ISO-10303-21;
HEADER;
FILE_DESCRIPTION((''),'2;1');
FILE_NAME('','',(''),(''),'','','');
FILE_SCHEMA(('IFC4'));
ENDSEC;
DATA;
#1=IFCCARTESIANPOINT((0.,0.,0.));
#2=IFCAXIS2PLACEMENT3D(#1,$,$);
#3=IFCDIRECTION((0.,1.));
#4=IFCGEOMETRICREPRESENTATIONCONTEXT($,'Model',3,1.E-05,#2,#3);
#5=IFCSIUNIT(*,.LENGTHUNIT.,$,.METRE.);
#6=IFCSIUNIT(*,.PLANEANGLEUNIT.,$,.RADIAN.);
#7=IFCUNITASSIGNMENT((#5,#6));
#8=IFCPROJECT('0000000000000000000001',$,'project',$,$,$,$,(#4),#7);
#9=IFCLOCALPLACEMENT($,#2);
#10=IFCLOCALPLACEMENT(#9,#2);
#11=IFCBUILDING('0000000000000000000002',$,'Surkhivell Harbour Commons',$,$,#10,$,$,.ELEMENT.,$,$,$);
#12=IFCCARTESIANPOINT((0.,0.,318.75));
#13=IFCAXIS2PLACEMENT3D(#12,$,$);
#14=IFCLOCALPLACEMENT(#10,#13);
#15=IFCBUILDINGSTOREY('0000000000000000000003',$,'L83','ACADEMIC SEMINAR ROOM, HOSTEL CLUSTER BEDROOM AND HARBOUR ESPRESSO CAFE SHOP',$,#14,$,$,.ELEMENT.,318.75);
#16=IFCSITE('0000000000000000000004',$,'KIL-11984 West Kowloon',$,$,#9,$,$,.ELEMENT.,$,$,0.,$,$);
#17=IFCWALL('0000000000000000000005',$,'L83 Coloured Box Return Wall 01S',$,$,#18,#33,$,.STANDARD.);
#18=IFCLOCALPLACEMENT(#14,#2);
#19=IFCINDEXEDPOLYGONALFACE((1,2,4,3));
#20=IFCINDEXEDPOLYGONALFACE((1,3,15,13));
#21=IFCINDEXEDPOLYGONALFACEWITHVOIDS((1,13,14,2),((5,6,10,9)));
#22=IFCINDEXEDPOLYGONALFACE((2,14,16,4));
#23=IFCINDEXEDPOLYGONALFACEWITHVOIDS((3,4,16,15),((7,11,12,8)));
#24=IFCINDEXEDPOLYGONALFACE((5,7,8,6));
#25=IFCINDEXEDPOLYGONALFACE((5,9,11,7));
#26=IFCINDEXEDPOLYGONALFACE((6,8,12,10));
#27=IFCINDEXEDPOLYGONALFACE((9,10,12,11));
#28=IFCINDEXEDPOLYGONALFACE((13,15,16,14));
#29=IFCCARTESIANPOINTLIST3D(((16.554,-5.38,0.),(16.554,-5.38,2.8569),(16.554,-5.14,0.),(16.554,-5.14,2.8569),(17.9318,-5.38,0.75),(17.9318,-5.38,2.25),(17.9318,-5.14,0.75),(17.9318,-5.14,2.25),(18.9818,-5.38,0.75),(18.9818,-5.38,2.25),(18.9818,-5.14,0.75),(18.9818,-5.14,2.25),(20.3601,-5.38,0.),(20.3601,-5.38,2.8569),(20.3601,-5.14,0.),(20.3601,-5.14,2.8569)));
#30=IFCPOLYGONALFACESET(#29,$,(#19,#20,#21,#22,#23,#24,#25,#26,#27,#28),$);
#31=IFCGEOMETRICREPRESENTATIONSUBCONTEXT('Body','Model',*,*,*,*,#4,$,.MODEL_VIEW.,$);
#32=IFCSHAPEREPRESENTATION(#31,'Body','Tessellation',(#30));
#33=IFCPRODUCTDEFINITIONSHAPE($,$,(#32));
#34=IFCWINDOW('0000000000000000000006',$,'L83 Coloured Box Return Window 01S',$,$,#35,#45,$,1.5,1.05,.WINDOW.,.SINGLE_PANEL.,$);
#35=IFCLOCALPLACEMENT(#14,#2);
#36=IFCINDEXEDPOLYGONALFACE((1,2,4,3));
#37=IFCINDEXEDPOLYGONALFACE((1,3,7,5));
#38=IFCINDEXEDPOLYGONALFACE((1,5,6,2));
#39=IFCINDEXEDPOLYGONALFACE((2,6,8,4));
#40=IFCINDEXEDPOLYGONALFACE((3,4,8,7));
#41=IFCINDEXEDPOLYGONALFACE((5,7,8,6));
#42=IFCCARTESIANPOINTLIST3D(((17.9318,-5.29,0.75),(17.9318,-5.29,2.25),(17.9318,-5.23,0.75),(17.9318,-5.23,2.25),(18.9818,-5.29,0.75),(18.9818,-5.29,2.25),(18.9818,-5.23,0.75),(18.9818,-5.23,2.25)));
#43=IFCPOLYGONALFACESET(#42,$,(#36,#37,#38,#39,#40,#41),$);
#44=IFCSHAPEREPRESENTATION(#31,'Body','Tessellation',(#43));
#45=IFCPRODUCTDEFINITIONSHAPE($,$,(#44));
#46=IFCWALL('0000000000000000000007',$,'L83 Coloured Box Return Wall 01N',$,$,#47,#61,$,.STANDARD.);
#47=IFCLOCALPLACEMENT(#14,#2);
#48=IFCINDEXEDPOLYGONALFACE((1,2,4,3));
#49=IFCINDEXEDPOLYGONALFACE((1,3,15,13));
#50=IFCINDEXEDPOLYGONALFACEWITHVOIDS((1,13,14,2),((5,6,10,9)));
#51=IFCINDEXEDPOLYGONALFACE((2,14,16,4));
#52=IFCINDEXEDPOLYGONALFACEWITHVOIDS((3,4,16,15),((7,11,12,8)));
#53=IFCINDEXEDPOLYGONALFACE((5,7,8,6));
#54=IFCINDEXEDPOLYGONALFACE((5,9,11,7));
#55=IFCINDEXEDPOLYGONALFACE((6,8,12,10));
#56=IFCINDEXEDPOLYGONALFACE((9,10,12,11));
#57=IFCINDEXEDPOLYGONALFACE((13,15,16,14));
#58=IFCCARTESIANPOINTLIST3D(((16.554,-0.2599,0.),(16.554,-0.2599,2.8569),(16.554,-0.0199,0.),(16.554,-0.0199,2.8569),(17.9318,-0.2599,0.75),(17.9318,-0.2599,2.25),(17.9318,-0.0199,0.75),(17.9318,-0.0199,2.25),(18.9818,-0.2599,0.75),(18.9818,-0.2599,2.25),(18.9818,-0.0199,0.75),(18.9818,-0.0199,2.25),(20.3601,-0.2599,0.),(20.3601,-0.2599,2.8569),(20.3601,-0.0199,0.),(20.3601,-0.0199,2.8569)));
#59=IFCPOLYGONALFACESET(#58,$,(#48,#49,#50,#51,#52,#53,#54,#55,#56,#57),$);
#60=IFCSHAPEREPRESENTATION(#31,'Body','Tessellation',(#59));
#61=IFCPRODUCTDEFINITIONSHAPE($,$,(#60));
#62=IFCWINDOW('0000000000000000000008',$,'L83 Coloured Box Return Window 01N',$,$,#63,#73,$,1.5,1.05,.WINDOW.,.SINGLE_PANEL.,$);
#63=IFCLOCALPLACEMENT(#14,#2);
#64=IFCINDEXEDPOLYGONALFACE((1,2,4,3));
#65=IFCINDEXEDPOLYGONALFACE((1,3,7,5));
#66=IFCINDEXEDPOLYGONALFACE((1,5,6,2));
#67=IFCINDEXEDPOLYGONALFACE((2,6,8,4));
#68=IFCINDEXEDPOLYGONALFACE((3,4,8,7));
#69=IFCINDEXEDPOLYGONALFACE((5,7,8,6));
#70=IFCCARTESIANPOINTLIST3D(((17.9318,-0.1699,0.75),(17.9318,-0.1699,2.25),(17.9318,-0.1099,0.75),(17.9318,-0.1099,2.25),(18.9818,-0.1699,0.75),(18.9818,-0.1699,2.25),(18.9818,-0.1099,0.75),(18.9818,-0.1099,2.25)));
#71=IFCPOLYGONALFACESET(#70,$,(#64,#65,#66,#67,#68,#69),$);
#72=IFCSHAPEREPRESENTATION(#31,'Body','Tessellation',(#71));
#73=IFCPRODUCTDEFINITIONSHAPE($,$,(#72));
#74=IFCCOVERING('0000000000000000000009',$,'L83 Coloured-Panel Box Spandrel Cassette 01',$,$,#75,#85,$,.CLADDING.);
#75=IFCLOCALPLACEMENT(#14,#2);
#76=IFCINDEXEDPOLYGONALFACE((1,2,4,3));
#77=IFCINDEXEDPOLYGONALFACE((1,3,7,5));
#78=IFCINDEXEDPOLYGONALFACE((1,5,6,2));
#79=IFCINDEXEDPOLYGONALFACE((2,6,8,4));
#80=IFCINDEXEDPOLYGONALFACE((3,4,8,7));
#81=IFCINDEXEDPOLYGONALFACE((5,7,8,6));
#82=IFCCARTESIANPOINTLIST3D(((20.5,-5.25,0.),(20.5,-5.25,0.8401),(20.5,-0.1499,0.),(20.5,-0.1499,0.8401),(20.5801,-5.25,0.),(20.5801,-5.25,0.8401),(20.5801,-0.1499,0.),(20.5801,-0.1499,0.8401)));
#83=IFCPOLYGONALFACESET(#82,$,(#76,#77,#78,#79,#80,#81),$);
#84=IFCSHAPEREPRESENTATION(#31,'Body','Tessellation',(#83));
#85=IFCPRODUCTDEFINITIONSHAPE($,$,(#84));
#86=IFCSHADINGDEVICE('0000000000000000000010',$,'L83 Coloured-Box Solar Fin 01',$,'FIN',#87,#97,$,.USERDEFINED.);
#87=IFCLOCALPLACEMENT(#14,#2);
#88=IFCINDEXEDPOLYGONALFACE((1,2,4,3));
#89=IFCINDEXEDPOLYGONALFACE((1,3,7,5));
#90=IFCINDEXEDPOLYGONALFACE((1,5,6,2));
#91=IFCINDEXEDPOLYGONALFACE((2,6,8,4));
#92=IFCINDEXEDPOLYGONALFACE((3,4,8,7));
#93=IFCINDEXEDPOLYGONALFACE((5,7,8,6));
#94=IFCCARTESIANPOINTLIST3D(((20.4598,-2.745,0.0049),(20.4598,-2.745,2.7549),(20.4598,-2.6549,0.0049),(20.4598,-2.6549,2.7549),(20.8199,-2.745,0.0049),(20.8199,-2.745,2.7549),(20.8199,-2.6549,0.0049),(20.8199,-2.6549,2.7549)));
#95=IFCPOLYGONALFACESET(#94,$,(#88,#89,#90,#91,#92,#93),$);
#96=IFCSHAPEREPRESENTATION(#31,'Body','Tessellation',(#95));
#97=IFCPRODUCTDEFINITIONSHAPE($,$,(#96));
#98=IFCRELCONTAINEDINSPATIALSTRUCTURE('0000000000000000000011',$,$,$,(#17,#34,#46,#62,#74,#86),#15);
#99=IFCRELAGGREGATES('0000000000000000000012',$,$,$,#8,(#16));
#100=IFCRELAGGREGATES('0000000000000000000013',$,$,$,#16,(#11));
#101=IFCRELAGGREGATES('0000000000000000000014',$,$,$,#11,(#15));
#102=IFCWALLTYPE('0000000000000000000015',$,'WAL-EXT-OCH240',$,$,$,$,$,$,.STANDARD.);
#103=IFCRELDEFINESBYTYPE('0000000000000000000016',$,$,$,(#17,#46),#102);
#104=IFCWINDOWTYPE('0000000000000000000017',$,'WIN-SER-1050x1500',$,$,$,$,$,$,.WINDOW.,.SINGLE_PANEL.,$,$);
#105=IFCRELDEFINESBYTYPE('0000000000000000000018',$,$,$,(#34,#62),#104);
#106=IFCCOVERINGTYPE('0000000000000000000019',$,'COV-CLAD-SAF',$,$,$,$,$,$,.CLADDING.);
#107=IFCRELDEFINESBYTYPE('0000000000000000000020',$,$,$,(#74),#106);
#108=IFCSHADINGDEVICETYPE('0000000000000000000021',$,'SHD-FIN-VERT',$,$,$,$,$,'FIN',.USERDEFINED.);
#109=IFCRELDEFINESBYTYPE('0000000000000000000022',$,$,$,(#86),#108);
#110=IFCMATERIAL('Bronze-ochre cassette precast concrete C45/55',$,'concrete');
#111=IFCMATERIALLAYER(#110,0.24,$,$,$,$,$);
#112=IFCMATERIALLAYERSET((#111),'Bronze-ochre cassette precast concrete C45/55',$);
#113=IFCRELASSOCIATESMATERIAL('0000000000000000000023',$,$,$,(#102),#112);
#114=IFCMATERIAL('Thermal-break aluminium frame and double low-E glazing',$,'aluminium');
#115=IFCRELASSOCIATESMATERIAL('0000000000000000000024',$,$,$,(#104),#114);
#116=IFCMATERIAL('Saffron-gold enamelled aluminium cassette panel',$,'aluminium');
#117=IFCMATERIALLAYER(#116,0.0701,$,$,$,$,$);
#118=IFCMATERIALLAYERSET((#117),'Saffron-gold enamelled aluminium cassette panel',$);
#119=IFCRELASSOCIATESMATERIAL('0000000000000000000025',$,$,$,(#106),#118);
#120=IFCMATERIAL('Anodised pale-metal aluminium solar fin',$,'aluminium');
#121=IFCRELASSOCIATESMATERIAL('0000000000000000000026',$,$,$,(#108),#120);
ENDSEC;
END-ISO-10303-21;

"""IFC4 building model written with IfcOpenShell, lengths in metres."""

from ifc_helpers import new_model, si_unit, direction, frame, frame_2d, origin, origin_2d, place, context, subcontext, project, spatial, rectangle, extrude, material, layer, layer_set, type_object, element, fill, save


model = new_model("IFC4")

# Units and contexts
model_context = context("Model", 3, precision=1e-05, world=origin(), true_north=direction((0.0, 1.0)))
body_context = subcontext(model_context, "Body", "Model", "MODEL_VIEW")
ifc_project = project(units=[si_unit("LENGTHUNIT", "METRE"), si_unit("PLANEANGLEUNIT", "RADIAN")], contexts=[model_context])

# Site, building, storey
site_placement = place(None, origin())
site = spatial("IfcSite", under=ifc_project, at=site_placement, Name="KIL-11984 West Kowloon", CompositionType="ELEMENT", RefElevation=0.0)
building_placement = place(site_placement, origin())
building = spatial("IfcBuilding", under=site, at=building_placement, Name="Surkhivell Harbour Commons", CompositionType="ELEMENT")
storey_placement = place(building_placement, frame((0.0, 0.0, 318.75)))
storey = spatial("IfcBuildingStorey", under=building, at=storey_placement, Name="L83", Description="ACADEMIC SEMINAR ROOM, HOSTEL CLUSTER BEDROOM AND HARBOUR ESPRESSO CAFE SHOP", CompositionType="ELEMENT", Elevation=318.75)

# Walls, openings, windows
ifc_material_1 = material(Name="Bronze-ochre cassette precast concrete C45/55", Category="concrete")
ifc_layer_1 = layer(ifc_material_1, 0.24)
ifc_layer_set_1 = layer_set([ifc_layer_1], Name="Bronze-ochre cassette precast concrete C45/55")
wall_type = type_object("IfcWallType", Name="WAL-EXT-OCH240", PredefinedType="STANDARD", material=ifc_layer_set_1)
ifc_material_2 = material(Name="Thermal-break aluminium frame and double low-E glazing", Category="aluminium")
wall_1_placement = place(storey_placement, frame((16.554, -5.26, 0.0), z_axis=(0.0, 0.0, 1.0), x_axis=(1.0, 0.0, 0.0)))
wall_1 = element("IfcWall", 1, at=wall_1_placement, inside=storey, type_object=wall_type, Name="L83 Coloured Box Return Wall 01S", PredefinedType="STANDARD", context=body_context, shape_type="SweptSolid", body=[
    extrude(rectangle(XDim=3.8062, YDim=0.24, at=frame_2d((1.9031, 0.0))), origin(), (0.0, 0.0, 1.0), 2.8569),
])
opening_1_placement = place(wall_1_placement, frame((1.3779, 0.0, 0.75)))
opening_1 = element("IfcOpeningElement", 2, at=opening_1_placement, cuts=wall_1, PredefinedType="OPENING", context=body_context, shape_type="SweptSolid", body=[
    extrude(rectangle(XDim=1.05, YDim=1.5, at=frame_2d((0.5249, 0.75))), frame((0.0, 0.1299, 0.0), z_axis=(0.0, -1.0, 0.0), x_axis=(1.0, 0.0, 0.0)), (0.0, 0.0, 1.0), 0.26),
])
window_type_1 = type_object("IfcWindowType", Name="WIN-SER-1050x1500", PartitioningType="SINGLE_PANEL", PredefinedType="WINDOW", material=ifc_material_2)
window_1_placement = place(opening_1_placement, origin())
window_1 = element("IfcWindow", 3, at=window_1_placement, inside=storey, type_object=window_type_1, Name="L83 Coloured Box Return Window 01S", OverallHeight=1.5, OverallWidth=1.05, PartitioningType="SINGLE_PANEL", PredefinedType="WINDOW", context=body_context, shape_type="SweptSolid", body=[
    extrude(rectangle(XDim=1.05, YDim=1.5, at=frame_2d((0.5249, 0.75))), frame((0.0, 0.03, 0.0), z_axis=(0.0, -1.0, 0.0), x_axis=(1.0, 0.0, 0.0)), (0.0, 0.0, 1.0), 0.0601),
])
fill(opening_1, window_1)
wall_2_placement = place(storey_placement, frame((16.554, -0.1399, 0.0), z_axis=(0.0, 0.0, 1.0), x_axis=(1.0, 0.0, 0.0)))
wall_2 = element("IfcWall", 4, at=wall_2_placement, inside=storey, type_object=wall_type, Name="L83 Coloured Box Return Wall 01N", PredefinedType="STANDARD", context=body_context, shape_type="SweptSolid", body=[
    extrude(rectangle(XDim=3.8062, YDim=0.24, at=frame_2d((1.9031, 0.0))), origin(), (0.0, 0.0, 1.0), 2.8569),
])
opening_2_placement = place(wall_2_placement, frame((1.3779, 0.0, 0.75)))
opening_2 = element("IfcOpeningElement", 5, at=opening_2_placement, cuts=wall_2, PredefinedType="OPENING", context=body_context, shape_type="SweptSolid", body=[
    extrude(rectangle(XDim=1.05, YDim=1.5, at=frame_2d((0.5249, 0.75))), frame((0.0, 0.1299, 0.0), z_axis=(0.0, -1.0, 0.0), x_axis=(1.0, 0.0, 0.0)), (0.0, 0.0, 1.0), 0.26),
])
window_2_placement = place(opening_2_placement, origin())
window_2 = element("IfcWindow", 6, at=window_2_placement, inside=storey, type_object=window_type_1, Name="L83 Coloured Box Return Window 01N", OverallHeight=1.5, OverallWidth=1.05, PartitioningType="SINGLE_PANEL", PredefinedType="WINDOW", context=body_context, shape_type="SweptSolid", body=[
    extrude(rectangle(XDim=1.05, YDim=1.5, at=frame_2d((0.5249, 0.75))), frame((0.0, 0.03, 0.0), z_axis=(0.0, -1.0, 0.0), x_axis=(1.0, 0.0, 0.0)), (0.0, 0.0, 1.0), 0.0601),
])
fill(opening_2, window_2)

# Covering
ifc_material_3 = material(Name="Saffron-gold enamelled aluminium cassette panel", Category="aluminium")
ifc_layer_2 = layer(ifc_material_3, 0.0701)
ifc_layer_set_2 = layer_set([ifc_layer_2], Name="Saffron-gold enamelled aluminium cassette panel")
covering_type = type_object("IfcCoveringType", Name="COV-CLAD-SAF", PredefinedType="CLADDING", material=ifc_layer_set_2)
covering_placement = place(storey_placement, frame((20.54, -2.7, 0.0), z_axis=(0.0, 0.0, 1.0), x_axis=(1.0, 0.0, 0.0)))
element("IfcCovering", 7, at=covering_placement, inside=storey, type_object=covering_type, Name="L83 Coloured-Panel Box Spandrel Cassette 01", PredefinedType="CLADDING", context=body_context, shape_type="SweptSolid", body=[
    extrude(rectangle(XDim=0.0801, YDim=5.1001, at=origin_2d()), origin(), (0.0, 0.0, 1.0), 0.8401),
])

# Shading device
ifc_material_4 = material(Name="Anodised pale-metal aluminium solar fin", Category="aluminium")
shading_device_type = type_object("IfcShadingDeviceType", Name="SHD-FIN-VERT", ElementType="FIN", PredefinedType="USERDEFINED", material=ifc_material_4)
shading_device_placement = place(storey_placement, frame((20.6399, -2.7, 0.0049), z_axis=(0.0, 0.0, 1.0), x_axis=(1.0, 0.0, 0.0)))
element("IfcShadingDevice", 8, at=shading_device_placement, inside=storey, type_object=shading_device_type, Name="L83 Coloured-Box Solar Fin 01", ObjectType="FIN", PredefinedType="USERDEFINED", context=body_context, shape_type="SweptSolid", body=[
    extrude(rectangle(XDim=0.3601, YDim=0.0901, at=origin_2d()), origin(), (0.0, 0.0, 1.0), 2.75),
])

save(model, "model.ifc")
